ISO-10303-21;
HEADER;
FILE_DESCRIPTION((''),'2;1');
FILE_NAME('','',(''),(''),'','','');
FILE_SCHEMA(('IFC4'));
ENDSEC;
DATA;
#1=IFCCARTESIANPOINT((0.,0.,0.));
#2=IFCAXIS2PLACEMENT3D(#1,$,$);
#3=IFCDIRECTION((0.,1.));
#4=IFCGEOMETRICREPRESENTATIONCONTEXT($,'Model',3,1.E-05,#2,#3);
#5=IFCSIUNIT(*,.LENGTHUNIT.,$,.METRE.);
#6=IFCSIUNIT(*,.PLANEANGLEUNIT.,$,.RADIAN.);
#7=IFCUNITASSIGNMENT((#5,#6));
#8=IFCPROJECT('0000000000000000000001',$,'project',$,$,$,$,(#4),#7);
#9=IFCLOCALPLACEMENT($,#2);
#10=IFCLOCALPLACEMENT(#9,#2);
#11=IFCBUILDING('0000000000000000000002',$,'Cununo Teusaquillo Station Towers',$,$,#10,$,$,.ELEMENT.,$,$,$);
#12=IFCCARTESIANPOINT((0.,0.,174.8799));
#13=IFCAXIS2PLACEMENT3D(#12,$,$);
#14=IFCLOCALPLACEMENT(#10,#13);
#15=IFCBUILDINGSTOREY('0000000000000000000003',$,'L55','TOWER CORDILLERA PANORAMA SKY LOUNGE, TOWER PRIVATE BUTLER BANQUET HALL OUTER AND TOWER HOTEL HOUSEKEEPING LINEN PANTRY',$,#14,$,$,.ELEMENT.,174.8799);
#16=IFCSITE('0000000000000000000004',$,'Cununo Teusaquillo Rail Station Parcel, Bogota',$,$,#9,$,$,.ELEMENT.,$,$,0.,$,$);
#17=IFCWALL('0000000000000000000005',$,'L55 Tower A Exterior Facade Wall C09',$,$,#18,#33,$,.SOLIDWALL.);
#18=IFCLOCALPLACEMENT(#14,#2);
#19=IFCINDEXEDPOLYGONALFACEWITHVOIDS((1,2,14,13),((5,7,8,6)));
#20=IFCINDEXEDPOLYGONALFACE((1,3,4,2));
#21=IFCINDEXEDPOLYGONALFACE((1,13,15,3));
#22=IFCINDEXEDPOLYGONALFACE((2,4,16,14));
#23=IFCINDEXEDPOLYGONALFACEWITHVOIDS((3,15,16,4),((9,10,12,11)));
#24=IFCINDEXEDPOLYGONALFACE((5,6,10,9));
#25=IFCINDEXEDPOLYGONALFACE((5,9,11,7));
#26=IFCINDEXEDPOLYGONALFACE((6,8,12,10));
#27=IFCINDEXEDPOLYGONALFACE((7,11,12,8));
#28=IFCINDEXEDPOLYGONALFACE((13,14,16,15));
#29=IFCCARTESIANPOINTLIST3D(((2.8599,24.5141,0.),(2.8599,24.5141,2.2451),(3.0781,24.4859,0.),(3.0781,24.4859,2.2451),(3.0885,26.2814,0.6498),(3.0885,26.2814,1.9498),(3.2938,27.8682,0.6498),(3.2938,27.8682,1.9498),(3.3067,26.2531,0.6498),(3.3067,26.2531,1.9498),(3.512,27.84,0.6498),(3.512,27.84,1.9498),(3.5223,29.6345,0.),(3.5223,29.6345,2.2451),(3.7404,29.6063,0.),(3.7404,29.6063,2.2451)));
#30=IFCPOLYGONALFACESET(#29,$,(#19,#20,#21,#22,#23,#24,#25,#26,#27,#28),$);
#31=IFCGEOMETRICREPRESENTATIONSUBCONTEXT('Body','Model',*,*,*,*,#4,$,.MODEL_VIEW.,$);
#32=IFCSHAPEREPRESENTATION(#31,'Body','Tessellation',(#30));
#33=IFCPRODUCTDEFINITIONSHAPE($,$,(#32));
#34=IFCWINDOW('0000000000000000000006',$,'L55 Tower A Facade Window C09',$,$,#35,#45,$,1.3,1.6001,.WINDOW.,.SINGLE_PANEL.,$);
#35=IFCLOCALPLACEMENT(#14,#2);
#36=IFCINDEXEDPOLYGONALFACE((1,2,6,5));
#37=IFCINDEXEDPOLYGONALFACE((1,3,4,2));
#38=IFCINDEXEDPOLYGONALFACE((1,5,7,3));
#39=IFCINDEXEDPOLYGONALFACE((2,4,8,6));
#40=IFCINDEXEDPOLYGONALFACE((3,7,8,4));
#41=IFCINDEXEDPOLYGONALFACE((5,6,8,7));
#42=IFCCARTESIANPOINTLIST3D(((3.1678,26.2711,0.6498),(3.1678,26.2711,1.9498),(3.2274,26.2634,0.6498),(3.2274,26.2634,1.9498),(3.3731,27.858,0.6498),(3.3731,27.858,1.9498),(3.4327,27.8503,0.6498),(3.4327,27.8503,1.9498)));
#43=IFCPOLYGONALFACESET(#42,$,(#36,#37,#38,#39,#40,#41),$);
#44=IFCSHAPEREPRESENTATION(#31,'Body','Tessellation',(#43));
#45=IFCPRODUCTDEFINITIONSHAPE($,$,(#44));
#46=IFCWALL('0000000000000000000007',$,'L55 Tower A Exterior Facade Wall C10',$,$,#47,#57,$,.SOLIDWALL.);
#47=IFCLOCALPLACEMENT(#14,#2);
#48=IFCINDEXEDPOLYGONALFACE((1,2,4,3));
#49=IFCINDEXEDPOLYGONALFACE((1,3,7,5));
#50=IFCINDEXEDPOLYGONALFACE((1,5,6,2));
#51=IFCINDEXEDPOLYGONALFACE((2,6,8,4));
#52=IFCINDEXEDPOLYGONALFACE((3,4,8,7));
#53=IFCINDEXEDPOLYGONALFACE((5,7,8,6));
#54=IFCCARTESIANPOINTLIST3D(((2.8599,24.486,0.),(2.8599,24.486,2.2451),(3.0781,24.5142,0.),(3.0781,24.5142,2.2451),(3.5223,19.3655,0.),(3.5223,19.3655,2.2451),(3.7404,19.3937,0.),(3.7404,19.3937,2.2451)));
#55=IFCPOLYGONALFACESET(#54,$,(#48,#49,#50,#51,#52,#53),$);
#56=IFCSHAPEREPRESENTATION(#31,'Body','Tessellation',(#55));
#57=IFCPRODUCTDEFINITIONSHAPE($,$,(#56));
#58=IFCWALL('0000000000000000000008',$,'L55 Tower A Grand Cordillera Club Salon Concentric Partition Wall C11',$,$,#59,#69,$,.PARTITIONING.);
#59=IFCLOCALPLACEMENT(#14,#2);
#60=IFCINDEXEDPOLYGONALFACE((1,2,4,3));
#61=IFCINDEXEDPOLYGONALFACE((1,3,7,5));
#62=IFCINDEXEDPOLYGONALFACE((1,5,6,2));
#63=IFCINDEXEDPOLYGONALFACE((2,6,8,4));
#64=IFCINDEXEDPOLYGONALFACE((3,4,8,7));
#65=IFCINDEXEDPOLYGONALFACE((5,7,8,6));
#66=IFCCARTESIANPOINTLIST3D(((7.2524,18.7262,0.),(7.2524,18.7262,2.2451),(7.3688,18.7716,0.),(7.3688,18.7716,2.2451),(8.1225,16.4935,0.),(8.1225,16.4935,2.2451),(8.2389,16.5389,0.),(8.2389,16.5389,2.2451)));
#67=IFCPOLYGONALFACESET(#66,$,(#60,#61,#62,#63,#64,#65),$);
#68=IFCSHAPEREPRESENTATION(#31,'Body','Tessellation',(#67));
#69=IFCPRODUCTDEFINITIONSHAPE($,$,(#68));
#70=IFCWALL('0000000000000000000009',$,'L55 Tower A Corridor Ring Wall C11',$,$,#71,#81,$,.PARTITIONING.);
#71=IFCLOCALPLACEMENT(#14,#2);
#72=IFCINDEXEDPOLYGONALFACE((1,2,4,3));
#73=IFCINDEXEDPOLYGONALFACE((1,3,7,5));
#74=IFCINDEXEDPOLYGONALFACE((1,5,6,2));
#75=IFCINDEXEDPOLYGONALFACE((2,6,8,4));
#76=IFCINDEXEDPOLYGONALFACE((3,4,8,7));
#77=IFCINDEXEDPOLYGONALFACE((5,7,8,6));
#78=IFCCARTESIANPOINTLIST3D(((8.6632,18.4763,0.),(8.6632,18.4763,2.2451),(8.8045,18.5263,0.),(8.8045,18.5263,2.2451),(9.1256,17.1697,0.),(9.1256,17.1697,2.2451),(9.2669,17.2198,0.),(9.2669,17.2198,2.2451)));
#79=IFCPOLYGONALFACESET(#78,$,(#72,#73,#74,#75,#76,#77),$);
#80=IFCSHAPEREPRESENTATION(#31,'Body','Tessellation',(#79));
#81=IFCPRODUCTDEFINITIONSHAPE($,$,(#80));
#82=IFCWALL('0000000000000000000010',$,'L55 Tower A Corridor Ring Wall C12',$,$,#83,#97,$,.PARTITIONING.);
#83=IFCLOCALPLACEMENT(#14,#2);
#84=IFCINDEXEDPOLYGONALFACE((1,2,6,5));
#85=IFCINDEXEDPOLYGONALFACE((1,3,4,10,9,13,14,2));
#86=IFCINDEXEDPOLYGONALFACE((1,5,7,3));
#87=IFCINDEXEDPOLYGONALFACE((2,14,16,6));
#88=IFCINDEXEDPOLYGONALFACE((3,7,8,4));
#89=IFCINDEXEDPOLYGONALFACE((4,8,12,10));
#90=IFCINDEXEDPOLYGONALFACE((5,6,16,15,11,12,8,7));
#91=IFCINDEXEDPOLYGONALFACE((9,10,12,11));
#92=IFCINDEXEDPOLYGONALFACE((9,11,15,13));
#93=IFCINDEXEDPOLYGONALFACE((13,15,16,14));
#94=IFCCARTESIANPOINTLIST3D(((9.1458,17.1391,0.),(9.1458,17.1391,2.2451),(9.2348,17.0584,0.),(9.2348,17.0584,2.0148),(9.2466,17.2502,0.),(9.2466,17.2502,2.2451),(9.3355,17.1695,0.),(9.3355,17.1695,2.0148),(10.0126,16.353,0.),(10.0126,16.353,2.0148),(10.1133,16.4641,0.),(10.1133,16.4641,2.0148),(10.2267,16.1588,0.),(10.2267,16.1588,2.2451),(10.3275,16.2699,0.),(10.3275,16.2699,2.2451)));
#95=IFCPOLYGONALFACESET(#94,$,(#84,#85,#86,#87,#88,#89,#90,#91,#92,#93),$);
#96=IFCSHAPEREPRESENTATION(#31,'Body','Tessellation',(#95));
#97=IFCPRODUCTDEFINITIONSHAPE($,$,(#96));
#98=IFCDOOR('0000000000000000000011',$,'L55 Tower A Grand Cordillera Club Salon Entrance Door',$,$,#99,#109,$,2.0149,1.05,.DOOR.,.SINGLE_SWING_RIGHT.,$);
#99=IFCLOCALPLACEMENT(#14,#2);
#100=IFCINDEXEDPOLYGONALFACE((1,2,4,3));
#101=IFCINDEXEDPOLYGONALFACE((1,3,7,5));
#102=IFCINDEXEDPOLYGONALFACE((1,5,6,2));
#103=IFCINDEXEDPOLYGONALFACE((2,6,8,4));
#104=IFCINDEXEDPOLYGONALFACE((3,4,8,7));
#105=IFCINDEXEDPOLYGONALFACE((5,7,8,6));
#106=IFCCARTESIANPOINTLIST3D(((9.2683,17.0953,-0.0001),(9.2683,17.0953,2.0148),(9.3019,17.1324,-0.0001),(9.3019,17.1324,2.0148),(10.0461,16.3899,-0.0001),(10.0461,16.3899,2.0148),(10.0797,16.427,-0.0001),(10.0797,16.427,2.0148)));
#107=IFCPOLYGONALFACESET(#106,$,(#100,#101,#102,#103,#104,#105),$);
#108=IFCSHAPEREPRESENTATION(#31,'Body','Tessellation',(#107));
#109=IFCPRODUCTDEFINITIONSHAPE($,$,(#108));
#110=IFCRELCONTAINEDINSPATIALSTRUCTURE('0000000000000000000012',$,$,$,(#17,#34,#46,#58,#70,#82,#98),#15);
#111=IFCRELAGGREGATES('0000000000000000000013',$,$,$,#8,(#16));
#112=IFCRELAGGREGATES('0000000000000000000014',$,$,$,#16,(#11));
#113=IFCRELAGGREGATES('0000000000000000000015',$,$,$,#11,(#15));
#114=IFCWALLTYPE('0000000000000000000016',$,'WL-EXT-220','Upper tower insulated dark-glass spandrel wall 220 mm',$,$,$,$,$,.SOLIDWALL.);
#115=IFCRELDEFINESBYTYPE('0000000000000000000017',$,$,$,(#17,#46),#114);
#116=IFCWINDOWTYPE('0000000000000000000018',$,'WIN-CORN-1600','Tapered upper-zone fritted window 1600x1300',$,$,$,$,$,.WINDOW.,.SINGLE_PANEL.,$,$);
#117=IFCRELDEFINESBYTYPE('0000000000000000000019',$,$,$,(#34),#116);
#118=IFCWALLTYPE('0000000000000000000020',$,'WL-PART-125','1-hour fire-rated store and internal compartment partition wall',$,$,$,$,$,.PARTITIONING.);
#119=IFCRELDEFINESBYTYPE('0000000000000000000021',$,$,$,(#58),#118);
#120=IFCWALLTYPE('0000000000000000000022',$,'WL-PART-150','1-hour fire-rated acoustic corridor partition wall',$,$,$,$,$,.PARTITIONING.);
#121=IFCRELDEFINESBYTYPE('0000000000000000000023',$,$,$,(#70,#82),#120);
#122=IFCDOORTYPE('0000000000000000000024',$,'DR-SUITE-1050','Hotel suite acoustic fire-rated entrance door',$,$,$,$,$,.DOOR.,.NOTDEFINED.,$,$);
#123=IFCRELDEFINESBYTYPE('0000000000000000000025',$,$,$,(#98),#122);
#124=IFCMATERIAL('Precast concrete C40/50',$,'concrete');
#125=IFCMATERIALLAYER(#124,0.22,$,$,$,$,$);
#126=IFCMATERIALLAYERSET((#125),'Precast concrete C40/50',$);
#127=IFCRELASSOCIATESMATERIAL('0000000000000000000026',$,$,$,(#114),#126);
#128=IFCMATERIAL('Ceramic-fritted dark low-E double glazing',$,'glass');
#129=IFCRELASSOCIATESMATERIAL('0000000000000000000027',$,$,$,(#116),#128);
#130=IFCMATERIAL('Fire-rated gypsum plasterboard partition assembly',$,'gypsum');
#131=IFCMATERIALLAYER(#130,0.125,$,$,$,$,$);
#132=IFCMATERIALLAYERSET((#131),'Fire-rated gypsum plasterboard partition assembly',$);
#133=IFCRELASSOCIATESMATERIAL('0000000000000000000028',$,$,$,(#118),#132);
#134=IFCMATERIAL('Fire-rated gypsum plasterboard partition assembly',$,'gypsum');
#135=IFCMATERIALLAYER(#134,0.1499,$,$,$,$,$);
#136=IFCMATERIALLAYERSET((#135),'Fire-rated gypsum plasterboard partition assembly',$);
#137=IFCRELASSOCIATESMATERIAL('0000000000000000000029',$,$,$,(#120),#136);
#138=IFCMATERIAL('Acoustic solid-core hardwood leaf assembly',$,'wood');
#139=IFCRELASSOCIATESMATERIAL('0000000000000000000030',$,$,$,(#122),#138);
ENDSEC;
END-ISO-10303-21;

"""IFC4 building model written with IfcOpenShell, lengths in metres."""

from ifc_helpers import new_model, si_unit, direction, frame, frame_2d, origin, place, context, subcontext, project, spatial, rectangle, extrude, source, transform, mapped, material, layer, layer_set, type_object, element, fill, save


model = new_model("IFC4")

# Units and contexts
model_context = context("Model", 3, precision=1e-05, world=origin(), true_north=direction((0.0, 1.0)))
body_context = subcontext(model_context, "Body", "Model", "MODEL_VIEW")
ifc_project = project(units=[si_unit("LENGTHUNIT", "METRE"), si_unit("PLANEANGLEUNIT", "RADIAN")], contexts=[model_context])

# Site, building, storey
site_placement = place(None, origin())
site = spatial("IfcSite", under=ifc_project, at=site_placement, Name="Cununo Teusaquillo Rail Station Parcel, Bogota", CompositionType="ELEMENT", RefElevation=0.0)
building_placement = place(site_placement, origin())
building = spatial("IfcBuilding", under=site, at=building_placement, Name="Cununo Teusaquillo Station Towers", CompositionType="ELEMENT")
storey_placement = place(building_placement, frame((0.0, 0.0, 174.8799)))
storey = spatial("IfcBuildingStorey", under=building, at=storey_placement, Name="L55", Description="TOWER CORDILLERA PANORAMA SKY LOUNGE, TOWER PRIVATE BUTLER BANQUET HALL OUTER AND TOWER HOTEL HOUSEKEEPING LINEN PANTRY", CompositionType="ELEMENT", Elevation=174.8799)

# Wall, opening, window
ifc_material_1 = material(Name="Precast concrete C40/50", Category="concrete")
ifc_layer_1 = layer(ifc_material_1, 0.22)
ifc_layer_set_1 = layer_set([ifc_layer_1], Name="Precast concrete C40/50")
wall_type_1 = type_object("IfcWallType", Name="WL-EXT-220", Description="Upper tower insulated dark-glass spandrel wall 220 mm", PredefinedType="SOLIDWALL", material=ifc_layer_set_1)
wall_1_placement = place(storey_placement, frame((2.969, 24.5, 0.0), z_axis=(0.0, 0.0, 1.0), x_axis=(0.128288, 0.991737, 0.0)))
wall_1 = element("IfcWall", 1, at=wall_1_placement, inside=storey, type_object=wall_type_1, Name="L55 Tower A Exterior Facade Wall C09", PredefinedType="SOLIDWALL", context=body_context, shape_type="SweptSolid", body=[
    extrude(rectangle(XDim=5.1631, YDim=0.22, at=frame_2d((2.5815, 0.0))), origin(), (0.0, 0.0, 1.0), 2.2451),
])
shared_shape_1 = source(origin(), body_context, "Body", "SweptSolid", [
    extrude(rectangle(XDim=1.6001, YDim=1.3, at=frame_2d((0.8, 0.6499))), frame((0.0, 0.1199, 0.0), z_axis=(0.0, -1.0, 0.0), x_axis=(1.0, 0.0, 0.0)), (0.0, 0.0, 1.0), 0.24),
])
opening_1_placement = place(wall_1_placement, frame((1.782, 0.0, 0.6499)))
opening_1 = element("IfcOpeningElement", 2, at=opening_1_placement, cuts=wall_1, PredefinedType="OPENING", context=body_context, shape_type="MappedRepresentation", body=[
    mapped(shared_shape_1, transform((0.0, 0.0, 0.0), x_axis=(1.0, 0.0, 0.0), y_axis=(0.0, 1.0, 0.0), z_axis=(0.0, 0.0, 1.0), scale=1.0)),
])
ifc_material_2 = material(Name="Ceramic-fritted dark low-E double glazing", Category="glass")
window_type = type_object("IfcWindowType", Name="WIN-CORN-1600", Description="Tapered upper-zone fritted window 1600x1300", PartitioningType="SINGLE_PANEL", PredefinedType="WINDOW", material=ifc_material_2)
shared_shape_2 = source(origin(), body_context, "Body", "SweptSolid", [
    extrude(rectangle(XDim=1.6001, YDim=1.3, at=frame_2d((0.8, 0.6499))), frame((0.0, 0.03, 0.0), z_axis=(0.0, -1.0, 0.0), x_axis=(1.0, 0.0, 0.0)), (0.0, 0.0, 1.0), 0.0601),
])
window_placement = place(opening_1_placement, origin())
window = element("IfcWindow", 3, at=window_placement, inside=storey, type_object=window_type, Name="L55 Tower A Facade Window C09", OverallHeight=1.3, OverallWidth=1.6001, PartitioningType="SINGLE_PANEL", PredefinedType="WINDOW", context=body_context, shape_type="MappedRepresentation", body=[
    mapped(shared_shape_2, transform((0.0, 0.0, 0.0), x_axis=(1.0, 0.0, 0.0), y_axis=(0.0, 1.0, 0.0), z_axis=(0.0, 0.0, 1.0), scale=1.0)),
])
fill(opening_1, window)

# Walls
wall_2_placement = place(storey_placement, frame((3.6313, 19.3796, 0.0), z_axis=(0.0, 0.0, 1.0), x_axis=(-0.128288, 0.991737, 0.0)))
element("IfcWall", 4, at=wall_2_placement, inside=storey, type_object=wall_type_1, Name="L55 Tower A Exterior Facade Wall C10", PredefinedType="SOLIDWALL", context=body_context, shape_type="SweptSolid", body=[
    extrude(rectangle(XDim=5.1631, YDim=0.22, at=frame_2d((2.5815, 0.0))), origin(), (0.0, 0.0, 1.0), 2.2451),
])
ifc_material_3 = material(Name="Fire-rated gypsum plasterboard partition assembly", Category="gypsum")
ifc_layer_2 = layer(ifc_material_3, 0.125)
ifc_layer_set_2 = layer_set([ifc_layer_2], Name="Fire-rated gypsum plasterboard partition assembly")
wall_type_2 = type_object("IfcWallType", Name="WL-PART-125", Description="1-hour fire-rated store and internal compartment partition wall", PredefinedType="PARTITIONING", material=ifc_layer_set_2)
wall_3_placement = place(storey_placement, frame((7.3105, 18.749, 0.0), z_axis=(0.0, 0.0, 1.0), x_axis=(0.36312, -0.931742, 0.0)))
element("IfcWall", 5, at=wall_3_placement, inside=storey, type_object=wall_type_2, Name="L55 Tower A Grand Cordillera Club Salon Concentric Partition Wall C11", PredefinedType="PARTITIONING", context=body_context, shape_type="SweptSolid", body=[
    extrude(rectangle(XDim=2.3962, YDim=0.125, at=frame_2d((1.1982, 0.0))), origin(), (0.0, 0.0, 1.0), 2.2451),
])
ifc_material_4 = material(Name="Fire-rated gypsum plasterboard partition assembly", Category="gypsum")
ifc_layer_3 = layer(ifc_material_4, 0.1499)
ifc_layer_set_3 = layer_set([ifc_layer_3], Name="Fire-rated gypsum plasterboard partition assembly")
wall_type_3 = type_object("IfcWallType", Name="WL-PART-150", Description="1-hour fire-rated acoustic corridor partition wall", PredefinedType="PARTITIONING", material=ifc_layer_set_3)
wall_4_placement = place(storey_placement, frame((8.7339, 18.5012, 0.0), z_axis=(0.0, 0.0, 1.0), x_axis=(0.333612, -0.94271, 0.0)))
element("IfcWall", 6, at=wall_4_placement, inside=storey, type_object=wall_type_3, Name="L55 Tower A Corridor Ring Wall C11", PredefinedType="PARTITIONING", context=body_context, shape_type="SweptSolid", body=[
    extrude(rectangle(XDim=1.386, YDim=0.1499, at=frame_2d((0.6929, 0.0))), origin(), (0.0, 0.0, 1.0), 2.2451),
])

# Wall, opening, door
wall_5_placement = place(storey_placement, frame((9.1963, 17.1946, 0.0), z_axis=(0.0, 0.0, 1.0), x_axis=(0.740735, -0.671798, 0.0)))
wall_5 = element("IfcWall", 7, at=wall_5_placement, inside=storey, type_object=wall_type_3, Name="L55 Tower A Corridor Ring Wall C12", PredefinedType="PARTITIONING", context=body_context, shape_type="SweptSolid", body=[
    extrude(rectangle(XDim=1.4592, YDim=0.1499, at=frame_2d((0.7295, 0.0))), origin(), (0.0, 0.0, 1.0), 2.2451),
])
shared_shape_3 = source(origin(), body_context, "Body", "SweptSolid", [
    extrude(rectangle(XDim=1.05, YDim=2.0149, at=frame_2d((0.5249, 1.0073))), frame((0.0, 0.085, 0.0), z_axis=(0.0, -1.0, 0.0), x_axis=(1.0, 0.0, 0.0)), (0.0, 0.0, 1.0), 0.1699),
])
opening_2_placement = place(wall_5_placement, frame((0.1201, 0.0, 0.0)))
opening_2 = element("IfcOpeningElement", 8, at=opening_2_placement, cuts=wall_5, PredefinedType="OPENING", context=body_context, shape_type="MappedRepresentation", body=[
    mapped(shared_shape_3, transform((0.0, 0.0, 0.0), x_axis=(1.0, 0.0, 0.0), y_axis=(0.0, 1.0, 0.0), z_axis=(0.0, 0.0, 1.0), scale=1.0)),
])
ifc_material_5 = material(Name="Acoustic solid-core hardwood leaf assembly", Category="wood")
door_type_1 = type_object("IfcDoorType", Name="DR-SUITE-1050", Description="Hotel suite acoustic fire-rated entrance door", OperationType="NOTDEFINED", PredefinedType="DOOR", material=ifc_material_5)
shared_shape_4 = source(origin(), body_context, "Body", "SweptSolid", [
    extrude(rectangle(XDim=1.05, YDim=2.0149, at=frame_2d((0.5249, 1.0073))), frame((0.0, 0.0249, 0.0), z_axis=(0.0, -1.0, 0.0), x_axis=(1.0, 0.0, 0.0)), (0.0, 0.0, 1.0), 0.05),
])
door_1_placement = place(opening_2_placement, origin())
door_1 = element("IfcDoor", 9, at=door_1_placement, inside=storey, type_object=door_type_1, Name="L55 Tower A Grand Cordillera Club Salon Entrance Door", OperationType="SINGLE_SWING_RIGHT", OverallHeight=2.0149, OverallWidth=1.05, PredefinedType="DOOR", context=body_context, shape_type="MappedRepresentation", body=[
    mapped(shared_shape_4, transform((0.0, 0.0, 0.0), x_axis=(1.0, 0.0, 0.0), y_axis=(0.0, 1.0, 0.0), z_axis=(0.0, 0.0, 1.0), scale=1.0)),
])
fill(opening_2, door_1)

save(model, "model.ifc")
